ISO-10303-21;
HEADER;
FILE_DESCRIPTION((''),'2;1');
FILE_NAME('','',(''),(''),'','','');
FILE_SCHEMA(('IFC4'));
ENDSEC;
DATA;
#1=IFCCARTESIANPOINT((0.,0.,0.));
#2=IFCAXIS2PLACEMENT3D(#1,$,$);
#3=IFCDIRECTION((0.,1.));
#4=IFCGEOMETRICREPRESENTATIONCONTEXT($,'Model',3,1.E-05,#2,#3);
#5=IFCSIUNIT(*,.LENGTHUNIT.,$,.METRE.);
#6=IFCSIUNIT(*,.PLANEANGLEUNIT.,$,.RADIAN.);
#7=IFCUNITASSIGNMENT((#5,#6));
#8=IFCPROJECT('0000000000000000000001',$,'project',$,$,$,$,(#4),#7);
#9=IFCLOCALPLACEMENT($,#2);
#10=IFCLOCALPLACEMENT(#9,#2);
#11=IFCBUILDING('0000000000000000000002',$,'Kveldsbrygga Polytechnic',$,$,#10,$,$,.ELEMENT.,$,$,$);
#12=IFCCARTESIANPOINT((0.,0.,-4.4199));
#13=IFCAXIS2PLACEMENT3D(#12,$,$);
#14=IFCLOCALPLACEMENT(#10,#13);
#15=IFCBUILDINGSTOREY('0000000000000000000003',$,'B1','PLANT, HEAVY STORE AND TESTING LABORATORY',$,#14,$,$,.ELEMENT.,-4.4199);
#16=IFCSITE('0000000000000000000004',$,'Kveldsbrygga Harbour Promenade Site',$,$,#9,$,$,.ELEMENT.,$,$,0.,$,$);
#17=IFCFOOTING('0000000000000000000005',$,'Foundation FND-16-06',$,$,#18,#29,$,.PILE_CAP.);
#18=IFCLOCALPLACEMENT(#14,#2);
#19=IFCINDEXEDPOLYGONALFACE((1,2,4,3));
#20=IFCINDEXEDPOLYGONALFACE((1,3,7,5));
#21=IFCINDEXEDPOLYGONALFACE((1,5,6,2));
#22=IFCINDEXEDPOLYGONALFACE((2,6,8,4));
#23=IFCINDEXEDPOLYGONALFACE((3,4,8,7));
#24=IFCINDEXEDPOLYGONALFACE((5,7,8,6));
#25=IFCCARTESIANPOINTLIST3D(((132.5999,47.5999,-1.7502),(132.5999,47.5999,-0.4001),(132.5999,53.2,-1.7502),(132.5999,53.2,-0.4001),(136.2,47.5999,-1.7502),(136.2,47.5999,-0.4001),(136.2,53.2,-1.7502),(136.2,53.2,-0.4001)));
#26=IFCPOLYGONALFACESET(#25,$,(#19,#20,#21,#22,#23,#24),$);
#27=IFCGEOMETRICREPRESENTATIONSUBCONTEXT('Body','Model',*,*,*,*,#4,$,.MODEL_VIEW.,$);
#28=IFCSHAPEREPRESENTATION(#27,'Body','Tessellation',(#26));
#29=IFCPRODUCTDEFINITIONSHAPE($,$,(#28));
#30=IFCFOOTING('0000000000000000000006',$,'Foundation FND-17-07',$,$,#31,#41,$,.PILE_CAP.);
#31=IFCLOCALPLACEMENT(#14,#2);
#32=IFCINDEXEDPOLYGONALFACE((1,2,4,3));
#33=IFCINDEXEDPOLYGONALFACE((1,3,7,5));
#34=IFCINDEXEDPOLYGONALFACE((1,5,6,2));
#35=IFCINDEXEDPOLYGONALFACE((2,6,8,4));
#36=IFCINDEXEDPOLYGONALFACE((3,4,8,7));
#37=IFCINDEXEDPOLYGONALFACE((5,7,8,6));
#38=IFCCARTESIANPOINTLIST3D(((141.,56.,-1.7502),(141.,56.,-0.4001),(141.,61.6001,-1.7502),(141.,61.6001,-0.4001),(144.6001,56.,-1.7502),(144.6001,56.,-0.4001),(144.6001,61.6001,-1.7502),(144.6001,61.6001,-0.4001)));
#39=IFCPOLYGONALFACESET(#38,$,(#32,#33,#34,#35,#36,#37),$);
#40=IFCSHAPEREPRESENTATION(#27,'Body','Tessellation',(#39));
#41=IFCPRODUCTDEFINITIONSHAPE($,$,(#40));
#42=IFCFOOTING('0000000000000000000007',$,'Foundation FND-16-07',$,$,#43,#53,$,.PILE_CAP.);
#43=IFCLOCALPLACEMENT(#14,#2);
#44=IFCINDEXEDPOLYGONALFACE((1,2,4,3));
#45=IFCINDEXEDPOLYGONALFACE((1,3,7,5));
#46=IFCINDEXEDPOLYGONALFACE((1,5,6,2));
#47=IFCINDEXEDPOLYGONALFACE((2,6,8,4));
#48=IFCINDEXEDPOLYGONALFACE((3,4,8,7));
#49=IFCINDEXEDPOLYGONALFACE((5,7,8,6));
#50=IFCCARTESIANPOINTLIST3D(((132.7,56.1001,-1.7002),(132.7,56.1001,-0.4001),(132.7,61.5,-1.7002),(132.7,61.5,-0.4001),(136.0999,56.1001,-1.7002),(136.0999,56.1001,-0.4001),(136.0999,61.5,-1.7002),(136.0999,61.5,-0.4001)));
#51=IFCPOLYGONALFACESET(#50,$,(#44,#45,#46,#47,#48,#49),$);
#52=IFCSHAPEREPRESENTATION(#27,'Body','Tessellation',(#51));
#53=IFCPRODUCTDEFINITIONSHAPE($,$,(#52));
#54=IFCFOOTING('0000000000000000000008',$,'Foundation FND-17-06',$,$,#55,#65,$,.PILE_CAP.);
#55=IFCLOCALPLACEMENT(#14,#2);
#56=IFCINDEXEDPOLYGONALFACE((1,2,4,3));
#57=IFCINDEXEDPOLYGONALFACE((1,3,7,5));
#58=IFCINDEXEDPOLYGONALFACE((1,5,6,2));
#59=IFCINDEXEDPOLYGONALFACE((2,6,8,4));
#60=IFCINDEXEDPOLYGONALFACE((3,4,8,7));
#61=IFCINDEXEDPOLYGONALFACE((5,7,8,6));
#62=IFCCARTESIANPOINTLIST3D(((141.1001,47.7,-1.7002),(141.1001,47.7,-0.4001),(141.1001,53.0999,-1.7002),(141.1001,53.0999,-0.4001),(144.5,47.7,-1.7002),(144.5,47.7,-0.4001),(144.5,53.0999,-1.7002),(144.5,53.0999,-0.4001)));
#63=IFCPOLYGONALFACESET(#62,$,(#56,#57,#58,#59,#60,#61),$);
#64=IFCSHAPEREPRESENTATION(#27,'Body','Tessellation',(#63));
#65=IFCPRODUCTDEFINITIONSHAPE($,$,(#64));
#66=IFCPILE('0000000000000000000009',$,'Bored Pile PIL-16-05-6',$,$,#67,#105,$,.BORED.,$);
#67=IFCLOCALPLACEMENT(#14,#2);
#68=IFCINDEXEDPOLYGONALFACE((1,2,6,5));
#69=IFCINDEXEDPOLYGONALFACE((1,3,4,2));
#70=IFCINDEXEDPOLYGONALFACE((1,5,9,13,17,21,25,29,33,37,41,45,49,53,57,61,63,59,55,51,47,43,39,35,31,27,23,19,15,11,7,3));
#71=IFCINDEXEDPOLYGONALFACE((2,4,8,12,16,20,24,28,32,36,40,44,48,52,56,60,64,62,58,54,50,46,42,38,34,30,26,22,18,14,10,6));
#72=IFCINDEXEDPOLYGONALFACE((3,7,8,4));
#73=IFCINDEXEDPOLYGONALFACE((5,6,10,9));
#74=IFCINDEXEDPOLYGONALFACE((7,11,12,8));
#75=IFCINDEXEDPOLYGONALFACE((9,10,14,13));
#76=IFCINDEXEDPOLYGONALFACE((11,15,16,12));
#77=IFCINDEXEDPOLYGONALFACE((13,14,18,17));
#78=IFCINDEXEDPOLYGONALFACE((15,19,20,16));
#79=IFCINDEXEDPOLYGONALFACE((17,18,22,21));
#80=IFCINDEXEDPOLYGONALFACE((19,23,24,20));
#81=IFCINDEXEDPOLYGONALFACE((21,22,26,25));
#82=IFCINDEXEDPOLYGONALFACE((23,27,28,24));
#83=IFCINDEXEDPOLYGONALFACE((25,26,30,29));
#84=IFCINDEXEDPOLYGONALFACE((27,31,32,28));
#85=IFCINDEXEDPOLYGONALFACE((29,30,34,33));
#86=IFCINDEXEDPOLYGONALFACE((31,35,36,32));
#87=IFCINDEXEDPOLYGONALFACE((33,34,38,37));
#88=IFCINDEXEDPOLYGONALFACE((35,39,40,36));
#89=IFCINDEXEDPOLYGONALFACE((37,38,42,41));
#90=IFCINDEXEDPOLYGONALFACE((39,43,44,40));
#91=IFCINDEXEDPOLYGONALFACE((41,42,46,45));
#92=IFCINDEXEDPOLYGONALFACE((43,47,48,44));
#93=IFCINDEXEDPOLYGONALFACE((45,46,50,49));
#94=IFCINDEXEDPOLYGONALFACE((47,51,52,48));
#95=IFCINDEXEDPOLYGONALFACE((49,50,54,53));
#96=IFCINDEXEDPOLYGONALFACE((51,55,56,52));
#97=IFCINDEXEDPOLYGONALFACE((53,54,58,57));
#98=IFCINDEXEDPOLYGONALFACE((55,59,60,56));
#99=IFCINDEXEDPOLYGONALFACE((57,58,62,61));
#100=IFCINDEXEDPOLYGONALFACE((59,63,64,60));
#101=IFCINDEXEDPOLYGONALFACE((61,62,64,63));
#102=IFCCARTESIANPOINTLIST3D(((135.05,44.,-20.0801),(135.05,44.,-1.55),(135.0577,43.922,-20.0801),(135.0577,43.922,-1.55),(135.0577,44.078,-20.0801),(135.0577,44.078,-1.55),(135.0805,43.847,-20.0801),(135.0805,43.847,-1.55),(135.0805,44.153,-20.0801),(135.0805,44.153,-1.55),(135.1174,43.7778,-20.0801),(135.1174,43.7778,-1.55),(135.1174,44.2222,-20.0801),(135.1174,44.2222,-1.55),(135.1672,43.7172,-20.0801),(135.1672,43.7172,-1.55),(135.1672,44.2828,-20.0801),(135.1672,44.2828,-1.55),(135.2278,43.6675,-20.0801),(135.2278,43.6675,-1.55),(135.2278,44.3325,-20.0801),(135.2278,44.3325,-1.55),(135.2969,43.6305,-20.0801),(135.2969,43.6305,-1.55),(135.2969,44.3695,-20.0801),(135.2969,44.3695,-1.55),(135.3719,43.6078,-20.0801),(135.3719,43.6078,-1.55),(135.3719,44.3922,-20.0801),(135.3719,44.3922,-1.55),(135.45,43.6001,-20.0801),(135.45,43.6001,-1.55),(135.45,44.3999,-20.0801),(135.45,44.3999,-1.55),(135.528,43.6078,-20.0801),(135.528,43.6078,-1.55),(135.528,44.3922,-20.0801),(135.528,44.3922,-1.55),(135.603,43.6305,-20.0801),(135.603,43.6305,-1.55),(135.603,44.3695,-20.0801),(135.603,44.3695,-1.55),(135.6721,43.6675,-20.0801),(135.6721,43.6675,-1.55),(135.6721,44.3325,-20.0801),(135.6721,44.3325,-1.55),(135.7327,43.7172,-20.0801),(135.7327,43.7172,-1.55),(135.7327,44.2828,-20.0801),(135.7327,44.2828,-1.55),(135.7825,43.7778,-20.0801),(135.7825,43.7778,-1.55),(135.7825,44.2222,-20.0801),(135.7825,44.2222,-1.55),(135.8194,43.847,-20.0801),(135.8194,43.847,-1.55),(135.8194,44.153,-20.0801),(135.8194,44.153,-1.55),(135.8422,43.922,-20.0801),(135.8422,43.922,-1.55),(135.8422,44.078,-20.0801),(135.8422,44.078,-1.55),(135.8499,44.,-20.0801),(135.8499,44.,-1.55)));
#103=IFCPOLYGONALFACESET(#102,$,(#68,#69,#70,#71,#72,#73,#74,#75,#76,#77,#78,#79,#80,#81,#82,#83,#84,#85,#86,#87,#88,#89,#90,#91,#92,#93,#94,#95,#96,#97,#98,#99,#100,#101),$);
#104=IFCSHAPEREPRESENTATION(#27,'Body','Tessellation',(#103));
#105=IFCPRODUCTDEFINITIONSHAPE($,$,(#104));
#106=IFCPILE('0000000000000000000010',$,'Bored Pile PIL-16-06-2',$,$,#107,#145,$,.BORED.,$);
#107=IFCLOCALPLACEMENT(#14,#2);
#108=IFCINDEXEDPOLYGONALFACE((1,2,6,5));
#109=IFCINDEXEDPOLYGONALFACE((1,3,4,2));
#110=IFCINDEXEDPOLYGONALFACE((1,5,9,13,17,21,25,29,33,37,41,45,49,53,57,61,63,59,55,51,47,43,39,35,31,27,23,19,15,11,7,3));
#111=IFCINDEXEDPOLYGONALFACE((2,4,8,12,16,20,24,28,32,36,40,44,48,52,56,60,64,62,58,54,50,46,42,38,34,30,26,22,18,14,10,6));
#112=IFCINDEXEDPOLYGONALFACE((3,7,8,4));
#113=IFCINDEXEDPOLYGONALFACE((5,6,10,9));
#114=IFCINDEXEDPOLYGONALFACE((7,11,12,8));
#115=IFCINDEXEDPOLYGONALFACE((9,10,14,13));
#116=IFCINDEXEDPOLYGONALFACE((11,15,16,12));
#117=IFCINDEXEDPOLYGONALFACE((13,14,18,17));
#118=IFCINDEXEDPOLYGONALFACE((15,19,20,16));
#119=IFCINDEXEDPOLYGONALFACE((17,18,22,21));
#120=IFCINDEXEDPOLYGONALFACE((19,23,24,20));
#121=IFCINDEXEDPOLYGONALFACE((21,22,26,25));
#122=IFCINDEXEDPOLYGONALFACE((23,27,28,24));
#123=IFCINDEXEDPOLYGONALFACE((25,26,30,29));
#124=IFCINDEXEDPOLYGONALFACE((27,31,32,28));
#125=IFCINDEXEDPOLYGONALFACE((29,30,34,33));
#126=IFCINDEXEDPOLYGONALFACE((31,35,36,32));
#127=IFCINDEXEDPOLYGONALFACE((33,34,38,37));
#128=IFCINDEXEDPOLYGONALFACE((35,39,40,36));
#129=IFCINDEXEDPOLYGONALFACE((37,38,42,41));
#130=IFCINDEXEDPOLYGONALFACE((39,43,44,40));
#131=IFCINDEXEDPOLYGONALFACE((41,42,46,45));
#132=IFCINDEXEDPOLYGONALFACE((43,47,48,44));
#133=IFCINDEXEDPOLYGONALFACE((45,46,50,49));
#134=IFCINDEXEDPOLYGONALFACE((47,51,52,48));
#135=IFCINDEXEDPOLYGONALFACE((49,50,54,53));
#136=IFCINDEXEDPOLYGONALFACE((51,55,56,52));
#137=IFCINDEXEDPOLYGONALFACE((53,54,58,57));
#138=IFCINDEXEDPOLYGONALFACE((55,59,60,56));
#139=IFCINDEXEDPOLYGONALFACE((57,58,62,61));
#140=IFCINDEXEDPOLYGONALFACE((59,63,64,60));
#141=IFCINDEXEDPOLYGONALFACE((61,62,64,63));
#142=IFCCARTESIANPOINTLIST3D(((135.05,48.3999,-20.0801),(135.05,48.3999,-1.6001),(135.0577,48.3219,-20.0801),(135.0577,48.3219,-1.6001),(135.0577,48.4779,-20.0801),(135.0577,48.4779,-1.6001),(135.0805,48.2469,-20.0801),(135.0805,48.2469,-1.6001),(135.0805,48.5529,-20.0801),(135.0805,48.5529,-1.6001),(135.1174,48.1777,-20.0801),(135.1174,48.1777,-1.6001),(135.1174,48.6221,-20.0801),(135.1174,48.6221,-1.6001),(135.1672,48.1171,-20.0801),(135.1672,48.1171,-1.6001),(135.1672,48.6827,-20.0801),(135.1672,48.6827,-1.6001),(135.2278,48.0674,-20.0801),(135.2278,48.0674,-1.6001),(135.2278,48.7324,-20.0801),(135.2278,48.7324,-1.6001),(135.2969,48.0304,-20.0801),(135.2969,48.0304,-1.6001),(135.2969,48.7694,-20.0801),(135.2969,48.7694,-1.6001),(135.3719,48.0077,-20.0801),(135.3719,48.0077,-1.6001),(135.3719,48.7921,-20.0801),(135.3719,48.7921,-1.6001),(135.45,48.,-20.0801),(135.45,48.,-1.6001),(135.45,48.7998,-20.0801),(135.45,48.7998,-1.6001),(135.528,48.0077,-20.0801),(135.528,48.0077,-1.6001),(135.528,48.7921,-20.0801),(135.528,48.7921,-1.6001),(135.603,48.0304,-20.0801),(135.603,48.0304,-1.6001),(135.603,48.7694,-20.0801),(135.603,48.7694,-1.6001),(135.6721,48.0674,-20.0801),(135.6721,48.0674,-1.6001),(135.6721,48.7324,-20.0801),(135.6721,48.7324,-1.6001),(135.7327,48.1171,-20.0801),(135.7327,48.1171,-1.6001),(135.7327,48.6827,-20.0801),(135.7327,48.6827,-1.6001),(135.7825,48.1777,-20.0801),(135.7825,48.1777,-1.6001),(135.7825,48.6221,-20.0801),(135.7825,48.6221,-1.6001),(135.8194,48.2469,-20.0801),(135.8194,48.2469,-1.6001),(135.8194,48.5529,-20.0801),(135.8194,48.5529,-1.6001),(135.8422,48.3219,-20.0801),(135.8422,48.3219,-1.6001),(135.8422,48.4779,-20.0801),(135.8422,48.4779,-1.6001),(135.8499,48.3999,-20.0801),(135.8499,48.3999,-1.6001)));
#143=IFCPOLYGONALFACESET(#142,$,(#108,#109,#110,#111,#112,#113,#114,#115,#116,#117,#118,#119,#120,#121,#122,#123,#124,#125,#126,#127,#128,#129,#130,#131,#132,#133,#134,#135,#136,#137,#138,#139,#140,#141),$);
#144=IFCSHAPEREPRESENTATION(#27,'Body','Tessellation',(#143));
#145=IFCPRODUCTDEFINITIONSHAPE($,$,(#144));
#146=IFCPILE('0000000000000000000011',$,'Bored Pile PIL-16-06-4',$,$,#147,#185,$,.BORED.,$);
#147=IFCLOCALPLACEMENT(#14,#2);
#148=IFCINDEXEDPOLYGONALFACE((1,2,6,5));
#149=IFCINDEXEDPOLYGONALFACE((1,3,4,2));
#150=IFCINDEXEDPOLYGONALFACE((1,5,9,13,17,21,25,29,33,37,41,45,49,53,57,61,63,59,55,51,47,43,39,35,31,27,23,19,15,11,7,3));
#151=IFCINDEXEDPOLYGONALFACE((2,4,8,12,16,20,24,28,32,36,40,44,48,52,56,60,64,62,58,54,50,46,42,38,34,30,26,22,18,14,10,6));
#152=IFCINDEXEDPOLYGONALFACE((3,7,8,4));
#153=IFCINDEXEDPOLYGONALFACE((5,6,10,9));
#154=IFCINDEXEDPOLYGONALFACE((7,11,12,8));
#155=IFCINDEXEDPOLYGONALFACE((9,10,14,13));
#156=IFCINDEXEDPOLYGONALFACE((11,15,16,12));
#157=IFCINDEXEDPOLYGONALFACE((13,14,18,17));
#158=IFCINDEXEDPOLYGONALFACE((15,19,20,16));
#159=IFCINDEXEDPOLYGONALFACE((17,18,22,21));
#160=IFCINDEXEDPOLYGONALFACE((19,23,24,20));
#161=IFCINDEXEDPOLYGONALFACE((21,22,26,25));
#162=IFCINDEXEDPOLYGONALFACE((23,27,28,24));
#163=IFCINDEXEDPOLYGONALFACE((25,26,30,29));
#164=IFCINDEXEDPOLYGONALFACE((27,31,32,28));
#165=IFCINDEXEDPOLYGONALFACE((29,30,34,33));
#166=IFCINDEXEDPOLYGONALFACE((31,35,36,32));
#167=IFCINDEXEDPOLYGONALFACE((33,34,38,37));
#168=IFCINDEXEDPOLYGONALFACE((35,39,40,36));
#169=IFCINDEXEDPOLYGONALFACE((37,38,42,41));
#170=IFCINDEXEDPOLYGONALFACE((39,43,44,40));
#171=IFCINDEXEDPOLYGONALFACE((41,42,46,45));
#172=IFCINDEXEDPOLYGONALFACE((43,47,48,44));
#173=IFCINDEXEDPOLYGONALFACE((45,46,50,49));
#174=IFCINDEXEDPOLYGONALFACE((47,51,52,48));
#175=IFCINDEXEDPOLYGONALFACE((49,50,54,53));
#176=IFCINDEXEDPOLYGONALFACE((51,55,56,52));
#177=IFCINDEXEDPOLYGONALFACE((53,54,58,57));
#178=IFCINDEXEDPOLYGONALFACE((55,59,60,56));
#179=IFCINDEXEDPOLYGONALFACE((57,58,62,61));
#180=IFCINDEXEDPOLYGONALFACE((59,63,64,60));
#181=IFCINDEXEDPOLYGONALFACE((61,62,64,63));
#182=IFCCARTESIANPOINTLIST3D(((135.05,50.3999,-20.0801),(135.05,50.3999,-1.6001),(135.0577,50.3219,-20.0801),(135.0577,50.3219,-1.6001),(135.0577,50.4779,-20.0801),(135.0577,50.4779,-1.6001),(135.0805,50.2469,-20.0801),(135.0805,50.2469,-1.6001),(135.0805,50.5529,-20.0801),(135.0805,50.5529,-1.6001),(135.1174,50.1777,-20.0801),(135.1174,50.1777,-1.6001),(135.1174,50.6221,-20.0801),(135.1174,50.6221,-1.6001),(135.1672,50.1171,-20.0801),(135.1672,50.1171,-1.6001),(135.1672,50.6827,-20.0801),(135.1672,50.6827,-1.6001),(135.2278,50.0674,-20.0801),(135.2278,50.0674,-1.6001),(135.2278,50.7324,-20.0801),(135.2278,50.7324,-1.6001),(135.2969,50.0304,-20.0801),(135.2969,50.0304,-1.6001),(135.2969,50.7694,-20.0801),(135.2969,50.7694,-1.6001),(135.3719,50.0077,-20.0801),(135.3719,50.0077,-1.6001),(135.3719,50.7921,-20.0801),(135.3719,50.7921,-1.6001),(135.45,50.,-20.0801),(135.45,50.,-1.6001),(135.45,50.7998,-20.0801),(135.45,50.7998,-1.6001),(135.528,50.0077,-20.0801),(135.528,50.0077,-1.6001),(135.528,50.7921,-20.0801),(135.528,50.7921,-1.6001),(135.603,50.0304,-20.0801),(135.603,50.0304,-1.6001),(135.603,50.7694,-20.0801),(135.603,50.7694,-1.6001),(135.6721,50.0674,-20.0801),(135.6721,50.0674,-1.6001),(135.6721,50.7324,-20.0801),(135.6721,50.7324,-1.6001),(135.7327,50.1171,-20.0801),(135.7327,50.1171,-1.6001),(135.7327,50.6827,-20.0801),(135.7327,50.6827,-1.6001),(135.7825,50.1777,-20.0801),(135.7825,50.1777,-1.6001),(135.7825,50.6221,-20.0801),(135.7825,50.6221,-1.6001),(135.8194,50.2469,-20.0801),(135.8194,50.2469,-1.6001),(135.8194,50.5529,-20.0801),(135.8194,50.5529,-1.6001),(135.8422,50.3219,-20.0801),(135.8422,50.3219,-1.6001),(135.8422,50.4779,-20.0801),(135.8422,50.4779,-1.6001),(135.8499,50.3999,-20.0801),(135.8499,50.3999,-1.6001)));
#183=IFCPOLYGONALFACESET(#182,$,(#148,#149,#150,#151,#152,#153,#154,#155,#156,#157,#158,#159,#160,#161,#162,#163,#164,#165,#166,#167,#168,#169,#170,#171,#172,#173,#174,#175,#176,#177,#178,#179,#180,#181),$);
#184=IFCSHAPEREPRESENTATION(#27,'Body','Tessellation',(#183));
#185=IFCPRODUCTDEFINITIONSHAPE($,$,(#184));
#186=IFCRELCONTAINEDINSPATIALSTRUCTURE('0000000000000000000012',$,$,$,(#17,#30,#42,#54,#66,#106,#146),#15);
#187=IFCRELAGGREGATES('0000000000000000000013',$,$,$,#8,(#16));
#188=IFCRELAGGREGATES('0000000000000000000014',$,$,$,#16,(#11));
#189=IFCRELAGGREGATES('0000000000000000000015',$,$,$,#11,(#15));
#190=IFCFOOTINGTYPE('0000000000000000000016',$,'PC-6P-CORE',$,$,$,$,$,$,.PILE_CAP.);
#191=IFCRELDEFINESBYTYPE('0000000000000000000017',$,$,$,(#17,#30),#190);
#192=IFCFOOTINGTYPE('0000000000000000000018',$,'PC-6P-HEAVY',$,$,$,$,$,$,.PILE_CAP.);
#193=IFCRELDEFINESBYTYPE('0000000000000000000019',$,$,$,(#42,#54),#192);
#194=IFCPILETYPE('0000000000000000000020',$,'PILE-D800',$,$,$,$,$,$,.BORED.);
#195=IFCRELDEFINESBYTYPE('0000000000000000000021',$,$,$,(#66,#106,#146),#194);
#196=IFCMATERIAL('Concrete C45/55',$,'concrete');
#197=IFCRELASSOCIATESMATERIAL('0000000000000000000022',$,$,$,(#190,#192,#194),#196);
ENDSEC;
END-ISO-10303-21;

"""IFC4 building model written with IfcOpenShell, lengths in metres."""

from ifc_helpers import new_model, si_unit, direction, frame, origin, origin_2d, place, context, subcontext, project, spatial, rectangle, circle, extrude, material, material_profile, profile_set, type_object, element, save


model = new_model("IFC4")

# Units and contexts
model_context = context("Model", 3, precision=1e-05, world=origin(), true_north=direction((0.0, 1.0)))
body_context = subcontext(model_context, "Body", "Model", "MODEL_VIEW")
ifc_project = project(units=[si_unit("LENGTHUNIT", "METRE"), si_unit("PLANEANGLEUNIT", "RADIAN")], contexts=[model_context])

# Site, building, storey
site_placement = place(None, origin())
site = spatial("IfcSite", under=ifc_project, at=site_placement, Name="Kveldsbrygga Harbour Promenade Site", CompositionType="ELEMENT", RefElevation=0.0)
building_placement = place(site_placement, origin())
building = spatial("IfcBuilding", under=site, at=building_placement, Name="Kveldsbrygga Polytechnic", CompositionType="ELEMENT")
storey_placement = place(building_placement, frame((0.0, 0.0, -4.4199)))
storey = spatial("IfcBuildingStorey", under=building, at=storey_placement, Name="B1", Description="PLANT, HEAVY STORE AND TESTING LABORATORY", CompositionType="ELEMENT", Elevation=-4.4199)

# Footings
ifc_material_1 = material(Name="Concrete C45/55", Category="concrete")
footing_type_1 = type_object("IfcFootingType", Name="PC-6P-CORE", PredefinedType="PILE_CAP", material=ifc_material_1)
for number, where, z_axis, x_axis, name in (
    (1, (134.3999, 50.3999, -1.7502), (0.0, 0.0, 1.0), (1.0, 0.0, 0.0), "Foundation FND-16-06"),
    (2, (142.8, 58.8, -1.7502), (0.0, 0.0, 1.0), (1.0, 0.0, 0.0), "Foundation FND-17-07"),
):
    element("IfcFooting", number, at=place(storey_placement, frame(where, z_axis=z_axis, x_axis=x_axis)), inside=storey, type_object=footing_type_1, Name=name, PredefinedType="PILE_CAP", context=body_context, shape_type="SweptSolid", body=[
        extrude(rectangle(XDim=3.6001, YDim=5.6001, at=origin_2d()), origin(), (0.0, 0.0, 1.0), 1.3501),
    ])
footing_type_2 = type_object("IfcFootingType", Name="PC-6P-HEAVY", PredefinedType="PILE_CAP", material=ifc_material_1)
for number, where, z_axis, x_axis, name in (
    (3, (134.3999, 58.8, -1.7002), (0.0, 0.0, 1.0), (1.0, 0.0, 0.0), "Foundation FND-16-07"),
    (4, (142.8, 50.3999, -1.7002), (0.0, 0.0, 1.0), (1.0, 0.0, 0.0), "Foundation FND-17-06"),
):
    element("IfcFooting", number, at=place(storey_placement, frame(where, z_axis=z_axis, x_axis=x_axis)), inside=storey, type_object=footing_type_2, Name=name, PredefinedType="PILE_CAP", context=body_context, shape_type="SweptSolid", body=[
        extrude(rectangle(XDim=3.3999, YDim=5.3999, at=origin_2d()), origin(), (0.0, 0.0, 1.0), 1.3),
    ])

# Piles
ifc_material_profile_1 = material_profile(ifc_material_1, circle(Radius=0.3999, at=origin_2d()), Name="PILE D800")
ifc_profile_set_1 = profile_set([ifc_material_profile_1], Name="Concrete C45/55")
pile_type = type_object("IfcPileType", Name="PILE-D800", PredefinedType="BORED", material=ifc_profile_set_1)
pile_1_placement = place(storey_placement, frame((135.45, 44.0, -1.55), z_axis=(0.0, 0.0, -1.0), x_axis=(1.0, 0.0, 0.0)))
element("IfcPile", 5, at=pile_1_placement, inside=storey, type_object=pile_type, Name="Bored Pile PIL-16-05-6", PredefinedType="BORED", context=body_context, shape_type="SweptSolid", body=[
    extrude(circle(Radius=0.3999, at=origin_2d()), origin(), (0.0, 0.0, 1.0), 18.53),
])
for number, where, z_axis, x_axis, name in (
    (6, (135.45, 48.3999, -1.6001), (0.0, 0.0, -1.0), (1.0, 0.0, 0.0), "Bored Pile PIL-16-06-2"),
    (7, (135.45, 50.3999, -1.6001), (0.0, 0.0, -1.0), (1.0, 0.0, 0.0), "Bored Pile PIL-16-06-4"),
):
    element("IfcPile", number, at=place(storey_placement, frame(where, z_axis=z_axis, x_axis=x_axis)), inside=storey, type_object=pile_type, Name=name, PredefinedType="BORED", context=body_context, shape_type="SweptSolid", body=[
        extrude(circle(Radius=0.3999, at=origin_2d()), origin(), (0.0, 0.0, 1.0), 18.48),
    ])

save(model, "model.ifc")
